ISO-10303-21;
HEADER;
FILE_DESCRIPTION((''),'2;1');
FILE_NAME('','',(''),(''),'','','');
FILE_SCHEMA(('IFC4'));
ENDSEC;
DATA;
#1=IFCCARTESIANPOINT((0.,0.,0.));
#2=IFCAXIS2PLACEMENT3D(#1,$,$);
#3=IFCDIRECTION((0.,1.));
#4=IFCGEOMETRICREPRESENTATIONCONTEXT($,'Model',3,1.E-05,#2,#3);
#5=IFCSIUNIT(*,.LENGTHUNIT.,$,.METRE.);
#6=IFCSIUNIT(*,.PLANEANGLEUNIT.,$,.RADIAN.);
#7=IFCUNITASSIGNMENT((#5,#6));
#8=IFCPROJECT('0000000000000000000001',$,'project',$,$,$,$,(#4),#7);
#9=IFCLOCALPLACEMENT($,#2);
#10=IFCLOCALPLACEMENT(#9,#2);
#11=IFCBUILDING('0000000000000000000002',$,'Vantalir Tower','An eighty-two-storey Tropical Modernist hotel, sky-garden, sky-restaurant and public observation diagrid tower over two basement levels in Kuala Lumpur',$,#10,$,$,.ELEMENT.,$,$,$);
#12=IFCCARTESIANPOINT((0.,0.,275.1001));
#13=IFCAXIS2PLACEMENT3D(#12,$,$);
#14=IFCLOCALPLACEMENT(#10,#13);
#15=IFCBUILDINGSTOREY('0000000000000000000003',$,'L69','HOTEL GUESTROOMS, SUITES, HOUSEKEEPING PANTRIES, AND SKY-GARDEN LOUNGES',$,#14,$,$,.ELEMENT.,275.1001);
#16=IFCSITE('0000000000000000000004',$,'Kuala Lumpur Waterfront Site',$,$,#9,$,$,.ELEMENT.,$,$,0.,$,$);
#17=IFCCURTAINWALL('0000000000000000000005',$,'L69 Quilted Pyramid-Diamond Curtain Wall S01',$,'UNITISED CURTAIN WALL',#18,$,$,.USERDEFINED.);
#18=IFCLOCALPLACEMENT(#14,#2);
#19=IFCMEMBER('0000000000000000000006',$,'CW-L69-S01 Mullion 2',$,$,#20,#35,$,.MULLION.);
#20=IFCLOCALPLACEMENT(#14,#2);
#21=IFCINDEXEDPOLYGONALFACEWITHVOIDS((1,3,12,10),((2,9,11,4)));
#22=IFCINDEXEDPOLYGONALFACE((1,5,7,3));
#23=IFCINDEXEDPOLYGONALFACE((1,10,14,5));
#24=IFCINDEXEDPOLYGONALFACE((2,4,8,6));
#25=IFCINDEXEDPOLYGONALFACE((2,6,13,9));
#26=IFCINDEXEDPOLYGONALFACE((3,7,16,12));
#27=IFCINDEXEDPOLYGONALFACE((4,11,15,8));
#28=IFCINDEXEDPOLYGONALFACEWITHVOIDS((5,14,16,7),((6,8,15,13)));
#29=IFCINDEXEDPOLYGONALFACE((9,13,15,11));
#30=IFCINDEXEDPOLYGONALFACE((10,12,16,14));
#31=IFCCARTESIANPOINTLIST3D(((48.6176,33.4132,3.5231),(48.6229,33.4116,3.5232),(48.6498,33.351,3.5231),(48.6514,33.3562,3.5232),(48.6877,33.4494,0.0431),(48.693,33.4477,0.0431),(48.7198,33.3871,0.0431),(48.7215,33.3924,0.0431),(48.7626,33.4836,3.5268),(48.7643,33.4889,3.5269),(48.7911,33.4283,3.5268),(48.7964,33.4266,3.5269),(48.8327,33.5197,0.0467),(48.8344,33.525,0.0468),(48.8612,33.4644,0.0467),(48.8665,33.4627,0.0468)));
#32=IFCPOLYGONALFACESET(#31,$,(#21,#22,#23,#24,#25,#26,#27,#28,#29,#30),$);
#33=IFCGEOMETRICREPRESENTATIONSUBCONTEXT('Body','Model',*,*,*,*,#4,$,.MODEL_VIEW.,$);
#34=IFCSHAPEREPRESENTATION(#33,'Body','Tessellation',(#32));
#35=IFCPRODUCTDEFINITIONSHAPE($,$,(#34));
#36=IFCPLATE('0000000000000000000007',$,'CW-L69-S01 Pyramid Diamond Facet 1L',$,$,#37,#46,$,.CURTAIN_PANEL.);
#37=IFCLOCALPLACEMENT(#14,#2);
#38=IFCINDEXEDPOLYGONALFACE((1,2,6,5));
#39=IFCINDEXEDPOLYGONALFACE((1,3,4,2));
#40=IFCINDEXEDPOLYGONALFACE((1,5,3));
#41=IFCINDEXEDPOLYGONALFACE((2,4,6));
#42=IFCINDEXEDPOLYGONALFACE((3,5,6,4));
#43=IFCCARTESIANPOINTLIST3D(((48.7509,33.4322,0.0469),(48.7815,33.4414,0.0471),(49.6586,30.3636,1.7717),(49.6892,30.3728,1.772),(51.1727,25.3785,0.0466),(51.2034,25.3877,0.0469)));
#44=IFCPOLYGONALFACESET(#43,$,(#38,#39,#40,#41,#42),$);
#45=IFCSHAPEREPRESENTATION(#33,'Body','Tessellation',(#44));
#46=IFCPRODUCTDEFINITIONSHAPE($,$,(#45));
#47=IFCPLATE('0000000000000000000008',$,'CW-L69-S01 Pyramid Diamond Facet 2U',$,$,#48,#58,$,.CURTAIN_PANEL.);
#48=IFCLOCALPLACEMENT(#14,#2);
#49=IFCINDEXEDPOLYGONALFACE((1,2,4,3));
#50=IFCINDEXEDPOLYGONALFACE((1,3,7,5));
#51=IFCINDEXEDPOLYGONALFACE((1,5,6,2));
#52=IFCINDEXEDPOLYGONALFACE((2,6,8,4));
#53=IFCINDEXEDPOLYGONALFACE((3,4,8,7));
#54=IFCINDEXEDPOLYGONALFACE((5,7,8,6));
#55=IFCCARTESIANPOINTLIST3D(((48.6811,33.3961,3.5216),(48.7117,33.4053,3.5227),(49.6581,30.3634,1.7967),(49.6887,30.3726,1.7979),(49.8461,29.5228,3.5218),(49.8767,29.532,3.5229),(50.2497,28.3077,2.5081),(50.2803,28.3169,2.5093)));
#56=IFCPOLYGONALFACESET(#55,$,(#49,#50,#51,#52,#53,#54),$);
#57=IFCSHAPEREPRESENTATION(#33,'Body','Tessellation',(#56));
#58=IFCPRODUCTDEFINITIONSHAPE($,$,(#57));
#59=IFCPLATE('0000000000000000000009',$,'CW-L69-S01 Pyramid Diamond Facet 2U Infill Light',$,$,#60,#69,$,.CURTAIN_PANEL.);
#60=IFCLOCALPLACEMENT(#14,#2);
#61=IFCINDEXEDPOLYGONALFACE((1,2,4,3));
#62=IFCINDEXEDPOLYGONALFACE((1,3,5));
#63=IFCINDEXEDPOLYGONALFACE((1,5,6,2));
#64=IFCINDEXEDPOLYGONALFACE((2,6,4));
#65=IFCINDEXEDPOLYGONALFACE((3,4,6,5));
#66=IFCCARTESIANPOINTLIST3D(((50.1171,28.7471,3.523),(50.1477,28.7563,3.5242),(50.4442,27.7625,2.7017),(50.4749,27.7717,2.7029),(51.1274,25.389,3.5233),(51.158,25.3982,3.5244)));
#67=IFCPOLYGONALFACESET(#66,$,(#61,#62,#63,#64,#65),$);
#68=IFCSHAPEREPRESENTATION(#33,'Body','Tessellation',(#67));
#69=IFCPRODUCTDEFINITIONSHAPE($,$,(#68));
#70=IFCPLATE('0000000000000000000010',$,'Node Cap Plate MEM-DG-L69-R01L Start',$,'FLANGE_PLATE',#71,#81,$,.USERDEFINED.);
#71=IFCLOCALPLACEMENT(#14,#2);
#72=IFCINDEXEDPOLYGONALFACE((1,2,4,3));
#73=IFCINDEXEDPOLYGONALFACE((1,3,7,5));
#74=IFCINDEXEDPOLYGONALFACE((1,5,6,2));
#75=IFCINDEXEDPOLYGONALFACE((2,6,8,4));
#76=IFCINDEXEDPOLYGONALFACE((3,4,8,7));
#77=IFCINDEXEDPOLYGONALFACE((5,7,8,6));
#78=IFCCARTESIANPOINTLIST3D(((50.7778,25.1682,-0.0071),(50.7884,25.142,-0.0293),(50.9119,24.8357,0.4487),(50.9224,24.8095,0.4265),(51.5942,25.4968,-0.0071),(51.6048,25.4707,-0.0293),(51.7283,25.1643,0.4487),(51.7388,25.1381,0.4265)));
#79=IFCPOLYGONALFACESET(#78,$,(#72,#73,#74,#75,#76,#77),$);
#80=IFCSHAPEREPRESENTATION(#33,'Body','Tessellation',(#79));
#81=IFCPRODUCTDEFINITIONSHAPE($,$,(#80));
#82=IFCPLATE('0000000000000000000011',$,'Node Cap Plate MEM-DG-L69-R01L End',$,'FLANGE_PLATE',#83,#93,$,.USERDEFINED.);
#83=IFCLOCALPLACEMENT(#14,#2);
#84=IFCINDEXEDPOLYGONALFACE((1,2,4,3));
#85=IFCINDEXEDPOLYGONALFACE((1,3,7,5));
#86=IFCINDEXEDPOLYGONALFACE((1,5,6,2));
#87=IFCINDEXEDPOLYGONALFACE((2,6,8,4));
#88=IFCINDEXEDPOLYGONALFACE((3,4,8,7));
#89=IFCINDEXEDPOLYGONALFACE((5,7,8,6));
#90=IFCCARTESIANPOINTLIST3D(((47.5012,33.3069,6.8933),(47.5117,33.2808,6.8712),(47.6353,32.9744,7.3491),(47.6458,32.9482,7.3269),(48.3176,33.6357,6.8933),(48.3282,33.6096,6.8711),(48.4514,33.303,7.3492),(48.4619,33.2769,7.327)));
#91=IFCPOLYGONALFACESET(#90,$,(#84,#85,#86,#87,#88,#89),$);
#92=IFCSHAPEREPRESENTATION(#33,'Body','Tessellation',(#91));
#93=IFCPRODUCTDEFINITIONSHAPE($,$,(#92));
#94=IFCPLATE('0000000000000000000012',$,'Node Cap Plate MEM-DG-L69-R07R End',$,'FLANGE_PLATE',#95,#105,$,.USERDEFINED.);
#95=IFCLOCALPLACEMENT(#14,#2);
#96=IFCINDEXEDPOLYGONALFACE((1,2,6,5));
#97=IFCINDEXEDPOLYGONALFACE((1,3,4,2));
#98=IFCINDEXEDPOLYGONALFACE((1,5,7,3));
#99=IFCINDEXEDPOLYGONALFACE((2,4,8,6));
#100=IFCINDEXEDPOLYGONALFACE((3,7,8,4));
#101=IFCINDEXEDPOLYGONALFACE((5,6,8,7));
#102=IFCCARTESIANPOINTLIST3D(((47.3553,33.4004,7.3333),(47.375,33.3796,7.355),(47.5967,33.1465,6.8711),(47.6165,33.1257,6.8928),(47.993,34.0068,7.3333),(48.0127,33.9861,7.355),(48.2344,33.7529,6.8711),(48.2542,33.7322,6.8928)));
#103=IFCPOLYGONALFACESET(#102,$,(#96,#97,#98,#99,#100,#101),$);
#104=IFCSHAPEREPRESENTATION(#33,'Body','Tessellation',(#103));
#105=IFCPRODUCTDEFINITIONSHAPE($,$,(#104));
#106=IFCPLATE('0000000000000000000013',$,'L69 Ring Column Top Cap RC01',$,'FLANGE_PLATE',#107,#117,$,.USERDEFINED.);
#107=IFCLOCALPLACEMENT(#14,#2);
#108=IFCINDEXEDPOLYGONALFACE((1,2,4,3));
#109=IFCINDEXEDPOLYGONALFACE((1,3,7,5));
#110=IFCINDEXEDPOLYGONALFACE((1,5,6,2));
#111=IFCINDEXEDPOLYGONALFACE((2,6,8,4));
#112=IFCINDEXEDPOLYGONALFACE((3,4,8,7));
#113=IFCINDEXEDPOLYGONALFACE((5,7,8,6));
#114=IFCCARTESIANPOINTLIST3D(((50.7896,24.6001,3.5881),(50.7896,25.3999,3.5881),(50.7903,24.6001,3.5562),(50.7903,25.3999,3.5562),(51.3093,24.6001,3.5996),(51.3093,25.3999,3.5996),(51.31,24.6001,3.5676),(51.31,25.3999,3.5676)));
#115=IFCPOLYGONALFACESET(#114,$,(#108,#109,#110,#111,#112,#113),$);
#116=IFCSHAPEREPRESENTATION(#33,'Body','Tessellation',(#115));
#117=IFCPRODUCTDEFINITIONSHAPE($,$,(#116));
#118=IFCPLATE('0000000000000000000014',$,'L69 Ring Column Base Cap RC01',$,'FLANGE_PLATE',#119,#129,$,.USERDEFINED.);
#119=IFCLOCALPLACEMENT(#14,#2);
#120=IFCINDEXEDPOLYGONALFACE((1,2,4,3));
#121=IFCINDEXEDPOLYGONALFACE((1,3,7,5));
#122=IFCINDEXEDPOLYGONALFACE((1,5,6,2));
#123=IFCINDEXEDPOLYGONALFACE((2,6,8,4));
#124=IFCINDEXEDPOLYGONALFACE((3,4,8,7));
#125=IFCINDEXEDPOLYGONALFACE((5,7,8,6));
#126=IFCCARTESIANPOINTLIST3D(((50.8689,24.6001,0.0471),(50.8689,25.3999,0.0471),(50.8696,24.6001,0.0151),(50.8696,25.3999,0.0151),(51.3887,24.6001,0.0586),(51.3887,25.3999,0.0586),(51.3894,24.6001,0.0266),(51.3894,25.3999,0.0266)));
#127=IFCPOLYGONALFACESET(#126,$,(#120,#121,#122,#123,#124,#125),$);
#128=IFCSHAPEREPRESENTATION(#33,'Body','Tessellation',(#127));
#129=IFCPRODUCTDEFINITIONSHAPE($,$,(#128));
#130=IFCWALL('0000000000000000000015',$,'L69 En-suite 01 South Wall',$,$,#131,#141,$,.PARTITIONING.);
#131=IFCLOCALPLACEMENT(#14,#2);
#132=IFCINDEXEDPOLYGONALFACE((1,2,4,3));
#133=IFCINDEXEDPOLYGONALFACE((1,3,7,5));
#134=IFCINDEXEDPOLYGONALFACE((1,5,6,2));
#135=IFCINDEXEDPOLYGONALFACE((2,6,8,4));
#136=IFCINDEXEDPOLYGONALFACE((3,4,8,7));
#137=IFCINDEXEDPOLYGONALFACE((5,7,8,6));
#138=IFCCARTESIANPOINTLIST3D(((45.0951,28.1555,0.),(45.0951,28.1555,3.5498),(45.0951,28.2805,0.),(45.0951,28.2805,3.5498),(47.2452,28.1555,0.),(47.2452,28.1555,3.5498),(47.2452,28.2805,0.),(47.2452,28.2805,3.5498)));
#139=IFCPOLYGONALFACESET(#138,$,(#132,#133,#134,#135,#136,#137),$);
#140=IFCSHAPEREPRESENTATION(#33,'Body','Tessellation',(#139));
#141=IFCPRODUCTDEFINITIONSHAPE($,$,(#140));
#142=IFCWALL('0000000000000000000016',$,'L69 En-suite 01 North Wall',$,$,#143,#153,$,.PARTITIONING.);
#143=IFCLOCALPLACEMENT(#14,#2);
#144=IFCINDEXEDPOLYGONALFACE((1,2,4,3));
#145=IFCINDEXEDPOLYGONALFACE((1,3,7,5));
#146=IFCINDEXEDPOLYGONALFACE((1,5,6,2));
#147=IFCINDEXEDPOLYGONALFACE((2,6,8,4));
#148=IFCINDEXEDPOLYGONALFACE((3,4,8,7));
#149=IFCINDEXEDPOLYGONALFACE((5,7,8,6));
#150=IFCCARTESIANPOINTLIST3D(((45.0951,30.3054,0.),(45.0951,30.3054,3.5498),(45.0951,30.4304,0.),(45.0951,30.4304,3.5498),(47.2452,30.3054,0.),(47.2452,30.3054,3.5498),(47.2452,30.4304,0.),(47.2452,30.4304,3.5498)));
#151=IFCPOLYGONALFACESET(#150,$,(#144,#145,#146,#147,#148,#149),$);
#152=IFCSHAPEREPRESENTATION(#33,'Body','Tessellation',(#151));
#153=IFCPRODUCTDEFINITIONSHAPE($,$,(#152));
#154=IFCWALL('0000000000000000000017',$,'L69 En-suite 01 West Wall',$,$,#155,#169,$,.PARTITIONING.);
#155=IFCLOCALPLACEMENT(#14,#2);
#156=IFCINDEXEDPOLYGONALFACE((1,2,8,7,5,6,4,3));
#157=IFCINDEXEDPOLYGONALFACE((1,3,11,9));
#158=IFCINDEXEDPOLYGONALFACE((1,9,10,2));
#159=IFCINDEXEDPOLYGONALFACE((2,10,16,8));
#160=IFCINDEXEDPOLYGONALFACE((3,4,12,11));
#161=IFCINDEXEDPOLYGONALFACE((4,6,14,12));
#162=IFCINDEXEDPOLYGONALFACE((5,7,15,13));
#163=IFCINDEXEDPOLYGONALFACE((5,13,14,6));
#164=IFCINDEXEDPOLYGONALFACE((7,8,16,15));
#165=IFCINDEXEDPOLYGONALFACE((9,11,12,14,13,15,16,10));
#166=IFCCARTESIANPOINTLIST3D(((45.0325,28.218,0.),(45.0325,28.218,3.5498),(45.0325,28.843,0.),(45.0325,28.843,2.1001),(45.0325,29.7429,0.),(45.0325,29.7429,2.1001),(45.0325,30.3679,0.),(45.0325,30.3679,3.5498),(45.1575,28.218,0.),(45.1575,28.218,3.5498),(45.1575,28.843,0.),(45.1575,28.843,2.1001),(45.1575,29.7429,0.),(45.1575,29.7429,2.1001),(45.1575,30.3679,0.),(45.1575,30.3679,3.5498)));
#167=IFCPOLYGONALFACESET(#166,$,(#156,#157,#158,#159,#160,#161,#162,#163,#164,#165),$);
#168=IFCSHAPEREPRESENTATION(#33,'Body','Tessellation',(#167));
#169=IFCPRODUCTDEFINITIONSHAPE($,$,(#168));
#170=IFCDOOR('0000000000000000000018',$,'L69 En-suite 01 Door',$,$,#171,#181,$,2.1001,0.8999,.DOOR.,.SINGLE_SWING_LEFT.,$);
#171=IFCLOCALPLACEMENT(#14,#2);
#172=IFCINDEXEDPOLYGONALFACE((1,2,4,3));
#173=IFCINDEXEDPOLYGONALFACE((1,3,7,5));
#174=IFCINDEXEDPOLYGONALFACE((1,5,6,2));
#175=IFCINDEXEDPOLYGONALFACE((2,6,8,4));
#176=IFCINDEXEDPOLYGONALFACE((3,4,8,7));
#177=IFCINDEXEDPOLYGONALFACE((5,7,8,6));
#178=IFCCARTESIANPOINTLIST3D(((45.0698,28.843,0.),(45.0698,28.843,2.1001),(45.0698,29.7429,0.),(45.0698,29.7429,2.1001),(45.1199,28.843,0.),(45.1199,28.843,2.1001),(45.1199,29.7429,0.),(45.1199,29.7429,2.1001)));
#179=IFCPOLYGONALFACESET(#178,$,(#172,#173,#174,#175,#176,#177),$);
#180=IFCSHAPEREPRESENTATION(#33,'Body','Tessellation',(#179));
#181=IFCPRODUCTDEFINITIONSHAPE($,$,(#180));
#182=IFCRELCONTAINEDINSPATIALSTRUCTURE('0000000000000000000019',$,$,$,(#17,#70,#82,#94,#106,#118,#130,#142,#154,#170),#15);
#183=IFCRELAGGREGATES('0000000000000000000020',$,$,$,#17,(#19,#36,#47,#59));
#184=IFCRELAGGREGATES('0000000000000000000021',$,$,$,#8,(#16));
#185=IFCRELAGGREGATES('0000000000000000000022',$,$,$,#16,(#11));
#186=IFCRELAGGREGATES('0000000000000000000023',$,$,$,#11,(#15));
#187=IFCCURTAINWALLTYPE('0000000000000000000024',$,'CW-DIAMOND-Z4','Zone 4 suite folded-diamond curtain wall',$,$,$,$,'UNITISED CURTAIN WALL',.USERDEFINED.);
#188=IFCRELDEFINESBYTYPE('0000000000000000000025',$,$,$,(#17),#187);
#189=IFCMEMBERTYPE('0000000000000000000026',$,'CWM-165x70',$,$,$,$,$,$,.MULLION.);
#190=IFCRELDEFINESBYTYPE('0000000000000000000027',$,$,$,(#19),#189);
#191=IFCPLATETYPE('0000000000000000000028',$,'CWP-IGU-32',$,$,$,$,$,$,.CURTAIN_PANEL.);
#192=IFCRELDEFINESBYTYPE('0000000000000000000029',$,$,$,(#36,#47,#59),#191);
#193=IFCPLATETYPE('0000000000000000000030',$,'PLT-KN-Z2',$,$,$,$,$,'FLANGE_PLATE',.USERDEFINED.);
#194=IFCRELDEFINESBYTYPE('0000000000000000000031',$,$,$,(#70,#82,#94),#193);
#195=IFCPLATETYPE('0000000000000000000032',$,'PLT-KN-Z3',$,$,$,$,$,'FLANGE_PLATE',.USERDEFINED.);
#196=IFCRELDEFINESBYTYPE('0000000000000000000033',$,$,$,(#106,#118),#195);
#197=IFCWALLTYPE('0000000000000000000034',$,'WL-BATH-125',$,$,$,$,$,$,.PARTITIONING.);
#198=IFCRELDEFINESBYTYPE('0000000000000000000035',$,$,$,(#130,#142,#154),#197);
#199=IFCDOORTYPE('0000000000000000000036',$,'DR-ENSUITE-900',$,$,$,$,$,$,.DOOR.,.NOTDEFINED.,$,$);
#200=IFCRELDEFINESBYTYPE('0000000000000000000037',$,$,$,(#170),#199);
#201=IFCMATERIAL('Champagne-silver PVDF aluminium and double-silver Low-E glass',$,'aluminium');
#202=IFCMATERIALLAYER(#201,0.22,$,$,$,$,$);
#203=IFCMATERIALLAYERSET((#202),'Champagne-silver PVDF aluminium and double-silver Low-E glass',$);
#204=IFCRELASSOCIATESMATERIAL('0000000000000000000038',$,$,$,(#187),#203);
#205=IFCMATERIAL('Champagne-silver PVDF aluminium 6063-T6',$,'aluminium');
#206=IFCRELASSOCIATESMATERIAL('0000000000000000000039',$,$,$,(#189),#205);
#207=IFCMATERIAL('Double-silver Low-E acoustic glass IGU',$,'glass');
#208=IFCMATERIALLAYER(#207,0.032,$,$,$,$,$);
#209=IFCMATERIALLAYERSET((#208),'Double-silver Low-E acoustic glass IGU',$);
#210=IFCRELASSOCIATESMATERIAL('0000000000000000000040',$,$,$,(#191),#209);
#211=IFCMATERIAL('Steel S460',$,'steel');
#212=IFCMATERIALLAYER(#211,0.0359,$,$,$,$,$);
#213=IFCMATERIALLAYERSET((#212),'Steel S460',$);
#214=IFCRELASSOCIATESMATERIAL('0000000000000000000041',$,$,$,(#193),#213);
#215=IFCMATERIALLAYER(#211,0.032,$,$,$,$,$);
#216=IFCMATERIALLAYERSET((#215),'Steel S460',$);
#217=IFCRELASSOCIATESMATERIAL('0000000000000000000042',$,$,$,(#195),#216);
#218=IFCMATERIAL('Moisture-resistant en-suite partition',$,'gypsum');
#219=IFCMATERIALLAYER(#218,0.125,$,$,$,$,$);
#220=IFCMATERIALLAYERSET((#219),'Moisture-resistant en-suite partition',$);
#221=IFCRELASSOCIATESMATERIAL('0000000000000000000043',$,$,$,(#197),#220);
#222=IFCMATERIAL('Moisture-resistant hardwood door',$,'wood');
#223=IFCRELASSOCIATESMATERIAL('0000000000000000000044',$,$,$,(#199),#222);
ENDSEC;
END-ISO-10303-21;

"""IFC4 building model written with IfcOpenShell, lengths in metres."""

from ifc_helpers import new_model, si_unit, direction, frame, frame_2d, origin, origin_2d, place, context, subcontext, project, spatial, polyline, rectangle, hollow_rectangle, outline, extrude, material, layer, layer_set, material_profile, profile_set, type_object, element, fill, aggregate, save


model = new_model("IFC4")

# Units and contexts
model_context = context("Model", 3, precision=1e-05, world=origin(), true_north=direction((0.0, 1.0)))
body_context = subcontext(model_context, "Body", "Model", "MODEL_VIEW")
ifc_project = project(units=[si_unit("LENGTHUNIT", "METRE"), si_unit("PLANEANGLEUNIT", "RADIAN")], contexts=[model_context])

# Site, building, storey
site_placement = place(None, origin())
site = spatial("IfcSite", under=ifc_project, at=site_placement, Name="Kuala Lumpur Waterfront Site", CompositionType="ELEMENT", RefElevation=0.0)
building_placement = place(site_placement, origin())
building = spatial("IfcBuilding", under=site, at=building_placement, Name="Vantalir Tower", Description="An eighty-two-storey Tropical Modernist hotel, sky-garden, sky-restaurant and public observation diagrid tower over two basement levels in Kuala Lumpur", CompositionType="ELEMENT")
storey_placement = place(building_placement, frame((0.0, 0.0, 275.1001)))
storey = spatial("IfcBuildingStorey", under=building, at=storey_placement, Name="L69", Description="HOTEL GUESTROOMS, SUITES, HOUSEKEEPING PANTRIES, AND SKY-GARDEN LOUNGES", CompositionType="ELEMENT", Elevation=275.1001)

# Shared definitions
ifc_material_1 = material(Name="Steel S460", Category="steel")

# Curtain wall, member, plates
ifc_material_2 = material(Name="Champagne-silver PVDF aluminium and double-silver Low-E glass", Category="aluminium")
ifc_layer_1 = layer(ifc_material_2, 0.22)
ifc_layer_set_1 = layer_set([ifc_layer_1], Name="Champagne-silver PVDF aluminium and double-silver Low-E glass")
curtain_wall_type = type_object("IfcCurtainWallType", Name="CW-DIAMOND-Z4", Description="Zone 4 suite folded-diamond curtain wall", ElementType="UNITISED CURTAIN WALL", PredefinedType="USERDEFINED", material=ifc_layer_set_1)
curtain_wall_placement = place(storey_placement, origin())
curtain_wall = element("IfcCurtainWall", 1, at=curtain_wall_placement, inside=storey, type_object=curtain_wall_type, Name="L69 Quilted Pyramid-Diamond Curtain Wall S01", ObjectType="UNITISED CURTAIN WALL", PredefinedType="USERDEFINED")
ifc_material_3 = material(Name="Champagne-silver PVDF aluminium 6063-T6", Category="aluminium")
ifc_material_profile_1 = material_profile(ifc_material_3, hollow_rectangle(XDim=0.0701, YDim=0.165, WallThickness=0.0039, at=origin_2d()), Name="Champagne-silver PVDF aluminium 6063-T6")
ifc_profile_set_1 = profile_set([ifc_material_profile_1], Name="Champagne-silver PVDF aluminium 6063-T6")
member_type = type_object("IfcMemberType", Name="CWM-165x70", PredefinedType="MULLION", material=ifc_profile_set_1)
member_placement = place(storey_placement, frame((48.7771, 33.4561, 0.0449), z_axis=(-0.02013, -0.01038, 0.999743), x_axis=(0.458327, -0.888783, 0.0)))
member = element("IfcMember", 2, at=member_placement, type_object=member_type, Name="CW-L69-S01 Mullion 2", PredefinedType="MULLION", context=body_context, shape_type="SweptSolid", body=[
    extrude(hollow_rectangle(XDim=0.0701, YDim=0.165, WallThickness=0.0039, at=origin_2d()), origin(), (0.0, 0.0, 1.0), 3.481),
])
ifc_material_4 = material(Name="Double-silver Low-E acoustic glass IGU", Category="glass")
ifc_layer_2 = layer(ifc_material_4, 0.032)
ifc_layer_set_2 = layer_set([ifc_layer_2], Name="Double-silver Low-E acoustic glass IGU")
plate_type_1 = type_object("IfcPlateType", Name="CWP-IGU-32", PredefinedType="CURTAIN_PANEL", material=ifc_layer_set_2)
plate_1_placement = place(storey_placement, frame((51.2034, 25.3877, 0.0469), z_axis=(0.957604, 0.287966, 0.008361), x_axis=(-0.287976, 0.957638, 0.000029)))
plate_1 = element("IfcPlate", 3, at=plate_1_placement, type_object=plate_type_1, Name="CW-L69-S01 Pyramid Diamond Facet 1L", PredefinedType="CURTAIN_PANEL", context=body_context, shape_type="SweptSolid", body=[
    extrude(outline(polyline([(0.0, 0.0), (8.41, 0.0), (5.21, 1.725), (0.0, 0.0)])), origin(), (0.0, 0.0, -1.0), 0.032),
])
plate_2_placement = place(storey_placement, frame((49.8767, 29.532, 3.5229), z_axis=(0.956999, 0.287851, 0.035973), x_axis=(-0.288036, 0.95762, -0.00006)))
plate_2 = element("IfcPlate", 4, at=plate_2_placement, type_object=plate_type_1, Name="CW-L69-S01 Pyramid Diamond Facet 2U", PredefinedType="CURTAIN_PANEL", context=body_context, shape_type="SweptSolid", body=[
    extrude(outline(polyline([(0.0, 0.0), (4.0447, 0.0), (0.8592, -1.7262), (-1.2798, -1.0144), (0.0, 0.0)])), origin(), (0.0, 0.0, -1.0), 0.032),
])
plate_3_placement = place(storey_placement, frame((51.158, 25.3982, 3.5244), z_axis=(0.956983, 0.287897, 0.036048), x_axis=(-0.288082, 0.957606, -0.00007)))
plate_3 = element("IfcPlate", 5, at=plate_3_placement, type_object=plate_type_1, Name="CW-L69-S01 Pyramid Diamond Facet 2U Infill Light", PredefinedType="CURTAIN_PANEL", context=body_context, shape_type="SweptSolid", body=[
    extrude(outline(polyline([(0.0, 0.0), (3.5068, 0.0), (2.4698, -0.8219), (0.0, 0.0)])), origin(), (0.0, 0.0, -1.0), 0.032),
])
aggregate(curtain_wall, [member, plate_1, plate_2, plate_3])

# Plates
ifc_layer_3 = layer(ifc_material_1, 0.0359)
ifc_layer_set_3 = layer_set([ifc_layer_3], Name="Steel S460")
plate_type_2 = type_object("IfcPlateType", Name="PLT-KN-Z2", ElementType="FLANGE_PLATE", PredefinedType="USERDEFINED", material=ifc_layer_set_3)
plate_4_placement = place(storey_placement, frame((51.5942, 25.4968, -0.0071), z_axis=(-0.293491, 0.72915, 0.618226), x_axis=(-0.927671, -0.373399, 0.0)))
element("IfcPlate", 6, at=plate_4_placement, inside=storey, type_object=plate_type_2, Name="Node Cap Plate MEM-DG-L69-R01L Start", ObjectType="FLANGE_PLATE", PredefinedType="USERDEFINED", context=body_context, shape_type="SweptSolid", body=[
    extrude(outline(polyline([(0.0, 0.0), (0.8801, 0.0), (0.8799, 0.5799), (-0.0002, 0.5799), (0.0, 0.0)])), origin(), (0.0, 0.0, -1.0), 0.0359),
])
plate_5_placement = place(storey_placement, frame((48.3176, 33.6357, 6.8933), z_axis=(-0.293602, 0.729044, 0.618298), x_axis=(-0.927593, -0.373593, 0.000037)))
element("IfcPlate", 7, at=plate_5_placement, inside=storey, type_object=plate_type_2, Name="Node Cap Plate MEM-DG-L69-R01L End", ObjectType="FLANGE_PLATE", PredefinedType="USERDEFINED", context=body_context, shape_type="SweptSolid", body=[
    extrude(outline(polyline([(0.0, 0.0), (0.8802, 0.0), (0.8801, 0.5799), (0.0002, 0.58), (0.0, 0.0)])), origin(), (0.0, 0.0, -1.0), 0.0359),
])
plate_6_placement = place(storey_placement, frame((47.6165, 33.1257, 6.8928), z_axis=(0.549148, -0.577445, 0.604147), x_axis=(0.724639, 0.689129, 0.0)))
element("IfcPlate", 8, at=plate_6_placement, inside=storey, type_object=plate_type_2, Name="Node Cap Plate MEM-DG-L69-R07R End", ObjectType="FLANGE_PLATE", PredefinedType="USERDEFINED", context=body_context, shape_type="SweptSolid", body=[
    extrude(outline(polyline([(0.0, 0.0), (0.88, 0.0), (0.88, 0.58), (0.0, 0.58), (0.0, 0.0)])), origin(), (0.0, 0.0, -1.0), 0.0359),
])
ifc_layer_4 = layer(ifc_material_1, 0.032)
ifc_layer_set_4 = layer_set([ifc_layer_4], Name="Steel S460")
plate_type_3 = type_object("IfcPlateType", Name="PLT-KN-Z3", ElementType="FLANGE_PLATE", PredefinedType="USERDEFINED", material=ifc_layer_set_4)
for number, where, z_axis, x_axis, name in (
    (9, (50.7896, 25.3999, 3.5881), (-0.022071, 0.0, 0.999756), (0.0, -1.0, 0.0), "L69 Ring Column Top Cap RC01"),
    (10, (50.8689, 25.3999, 0.0471), (-0.022071, 0.0, 0.999756), (0.0, -1.0, 0.0), "L69 Ring Column Base Cap RC01"),
):
    element("IfcPlate", number, at=place(storey_placement, frame(where, z_axis=z_axis, x_axis=x_axis)), inside=storey, type_object=plate_type_3, Name=name, ObjectType="FLANGE_PLATE", PredefinedType="USERDEFINED", context=body_context, shape_type="SweptSolid", body=[
        extrude(outline(polyline([(0.0, 0.0), (0.7998, 0.0), (0.7998, 0.5199), (0.0, 0.5199), (0.0, 0.0)])), origin(), (0.0, 0.0, -1.0), 0.032),
    ])

# Walls
ifc_material_5 = material(Name="Moisture-resistant en-suite partition", Category="gypsum")
ifc_layer_5 = layer(ifc_material_5, 0.125)
ifc_layer_set_5 = layer_set([ifc_layer_5], Name="Moisture-resistant en-suite partition")
wall_type_1 = type_object("IfcWallType", Name="WL-BATH-125", PredefinedType="PARTITIONING", material=ifc_layer_set_5)
for number, where, z_axis, x_axis, name in (
    (11, (45.095, 28.218, 0.0), (0.0, 0.0, 1.0), (1.0, 0.0, 0.0), "L69 En-suite 01 South Wall"),
    (12, (45.095, 30.3679, 0.0), (0.0, 0.0, 1.0), (1.0, 0.0, 0.0), "L69 En-suite 01 North Wall"),
):
    element("IfcWall", number, at=place(storey_placement, frame(where, z_axis=z_axis, x_axis=x_axis)), inside=storey, type_object=wall_type_1, Name=name, PredefinedType="PARTITIONING", context=body_context, shape_type="SweptSolid", body=[
        extrude(rectangle(XDim=2.1501, YDim=0.125, at=frame_2d((1.0752, 0.0))), origin(), (0.0, 0.0, 1.0), 3.5498),
    ])

# Wall, opening, door
wall_1_placement = place(storey_placement, frame((45.095, 28.218, 0.0), z_axis=(0.0, 0.0, 1.0), x_axis=(0.0, 1.0, 0.0)))
wall_1 = element("IfcWall", 13, at=wall_1_placement, inside=storey, type_object=wall_type_1, Name="L69 En-suite 01 West Wall", PredefinedType="PARTITIONING", context=body_context, shape_type="SweptSolid", body=[
    extrude(rectangle(XDim=2.1499, YDim=0.125, at=frame_2d((1.075, 0.0))), origin(), (0.0, 0.0, 1.0), 3.5498),
])
opening_1_placement = place(wall_1_placement, frame((0.625, 0.0, 0.0)))
opening_1 = element("IfcOpeningElement", 14, at=opening_1_placement, cuts=wall_1, PredefinedType="OPENING", context=body_context, shape_type="SweptSolid", body=[
    extrude(rectangle(XDim=0.8999, YDim=2.1001, at=frame_2d((0.45, 1.05))), frame((0.0, 0.0725, 0.0), z_axis=(0.0, -1.0, 0.0), x_axis=(1.0, 0.0, 0.0)), (0.0, 0.0, 1.0), 0.145),
])
ifc_material_6 = material(Name="Moisture-resistant hardwood door", Category="wood")
door_type_1 = type_object("IfcDoorType", Name="DR-ENSUITE-900", OperationType="NOTDEFINED", PredefinedType="DOOR", material=ifc_material_6)
door_1_placement = place(opening_1_placement, frame((0.8999, 0.0, 0.0), z_axis=(0.0, 0.0, 1.0), x_axis=(-1.0, 0.0, 0.0)))
door_1 = element("IfcDoor", 15, at=door_1_placement, inside=storey, type_object=door_type_1, Name="L69 En-suite 01 Door", OperationType="SINGLE_SWING_LEFT", OverallHeight=2.1001, OverallWidth=0.8999, PredefinedType="DOOR", context=body_context, shape_type="SweptSolid", body=[
    extrude(rectangle(XDim=0.8999, YDim=2.1001, at=frame_2d((0.45, 1.05))), frame((0.0, 0.0249, 0.0), z_axis=(0.0, -1.0, 0.0), x_axis=(1.0, 0.0, 0.0)), (0.0, 0.0, 1.0), 0.05),
])
fill(opening_1, door_1)

save(model, "model.ifc")
